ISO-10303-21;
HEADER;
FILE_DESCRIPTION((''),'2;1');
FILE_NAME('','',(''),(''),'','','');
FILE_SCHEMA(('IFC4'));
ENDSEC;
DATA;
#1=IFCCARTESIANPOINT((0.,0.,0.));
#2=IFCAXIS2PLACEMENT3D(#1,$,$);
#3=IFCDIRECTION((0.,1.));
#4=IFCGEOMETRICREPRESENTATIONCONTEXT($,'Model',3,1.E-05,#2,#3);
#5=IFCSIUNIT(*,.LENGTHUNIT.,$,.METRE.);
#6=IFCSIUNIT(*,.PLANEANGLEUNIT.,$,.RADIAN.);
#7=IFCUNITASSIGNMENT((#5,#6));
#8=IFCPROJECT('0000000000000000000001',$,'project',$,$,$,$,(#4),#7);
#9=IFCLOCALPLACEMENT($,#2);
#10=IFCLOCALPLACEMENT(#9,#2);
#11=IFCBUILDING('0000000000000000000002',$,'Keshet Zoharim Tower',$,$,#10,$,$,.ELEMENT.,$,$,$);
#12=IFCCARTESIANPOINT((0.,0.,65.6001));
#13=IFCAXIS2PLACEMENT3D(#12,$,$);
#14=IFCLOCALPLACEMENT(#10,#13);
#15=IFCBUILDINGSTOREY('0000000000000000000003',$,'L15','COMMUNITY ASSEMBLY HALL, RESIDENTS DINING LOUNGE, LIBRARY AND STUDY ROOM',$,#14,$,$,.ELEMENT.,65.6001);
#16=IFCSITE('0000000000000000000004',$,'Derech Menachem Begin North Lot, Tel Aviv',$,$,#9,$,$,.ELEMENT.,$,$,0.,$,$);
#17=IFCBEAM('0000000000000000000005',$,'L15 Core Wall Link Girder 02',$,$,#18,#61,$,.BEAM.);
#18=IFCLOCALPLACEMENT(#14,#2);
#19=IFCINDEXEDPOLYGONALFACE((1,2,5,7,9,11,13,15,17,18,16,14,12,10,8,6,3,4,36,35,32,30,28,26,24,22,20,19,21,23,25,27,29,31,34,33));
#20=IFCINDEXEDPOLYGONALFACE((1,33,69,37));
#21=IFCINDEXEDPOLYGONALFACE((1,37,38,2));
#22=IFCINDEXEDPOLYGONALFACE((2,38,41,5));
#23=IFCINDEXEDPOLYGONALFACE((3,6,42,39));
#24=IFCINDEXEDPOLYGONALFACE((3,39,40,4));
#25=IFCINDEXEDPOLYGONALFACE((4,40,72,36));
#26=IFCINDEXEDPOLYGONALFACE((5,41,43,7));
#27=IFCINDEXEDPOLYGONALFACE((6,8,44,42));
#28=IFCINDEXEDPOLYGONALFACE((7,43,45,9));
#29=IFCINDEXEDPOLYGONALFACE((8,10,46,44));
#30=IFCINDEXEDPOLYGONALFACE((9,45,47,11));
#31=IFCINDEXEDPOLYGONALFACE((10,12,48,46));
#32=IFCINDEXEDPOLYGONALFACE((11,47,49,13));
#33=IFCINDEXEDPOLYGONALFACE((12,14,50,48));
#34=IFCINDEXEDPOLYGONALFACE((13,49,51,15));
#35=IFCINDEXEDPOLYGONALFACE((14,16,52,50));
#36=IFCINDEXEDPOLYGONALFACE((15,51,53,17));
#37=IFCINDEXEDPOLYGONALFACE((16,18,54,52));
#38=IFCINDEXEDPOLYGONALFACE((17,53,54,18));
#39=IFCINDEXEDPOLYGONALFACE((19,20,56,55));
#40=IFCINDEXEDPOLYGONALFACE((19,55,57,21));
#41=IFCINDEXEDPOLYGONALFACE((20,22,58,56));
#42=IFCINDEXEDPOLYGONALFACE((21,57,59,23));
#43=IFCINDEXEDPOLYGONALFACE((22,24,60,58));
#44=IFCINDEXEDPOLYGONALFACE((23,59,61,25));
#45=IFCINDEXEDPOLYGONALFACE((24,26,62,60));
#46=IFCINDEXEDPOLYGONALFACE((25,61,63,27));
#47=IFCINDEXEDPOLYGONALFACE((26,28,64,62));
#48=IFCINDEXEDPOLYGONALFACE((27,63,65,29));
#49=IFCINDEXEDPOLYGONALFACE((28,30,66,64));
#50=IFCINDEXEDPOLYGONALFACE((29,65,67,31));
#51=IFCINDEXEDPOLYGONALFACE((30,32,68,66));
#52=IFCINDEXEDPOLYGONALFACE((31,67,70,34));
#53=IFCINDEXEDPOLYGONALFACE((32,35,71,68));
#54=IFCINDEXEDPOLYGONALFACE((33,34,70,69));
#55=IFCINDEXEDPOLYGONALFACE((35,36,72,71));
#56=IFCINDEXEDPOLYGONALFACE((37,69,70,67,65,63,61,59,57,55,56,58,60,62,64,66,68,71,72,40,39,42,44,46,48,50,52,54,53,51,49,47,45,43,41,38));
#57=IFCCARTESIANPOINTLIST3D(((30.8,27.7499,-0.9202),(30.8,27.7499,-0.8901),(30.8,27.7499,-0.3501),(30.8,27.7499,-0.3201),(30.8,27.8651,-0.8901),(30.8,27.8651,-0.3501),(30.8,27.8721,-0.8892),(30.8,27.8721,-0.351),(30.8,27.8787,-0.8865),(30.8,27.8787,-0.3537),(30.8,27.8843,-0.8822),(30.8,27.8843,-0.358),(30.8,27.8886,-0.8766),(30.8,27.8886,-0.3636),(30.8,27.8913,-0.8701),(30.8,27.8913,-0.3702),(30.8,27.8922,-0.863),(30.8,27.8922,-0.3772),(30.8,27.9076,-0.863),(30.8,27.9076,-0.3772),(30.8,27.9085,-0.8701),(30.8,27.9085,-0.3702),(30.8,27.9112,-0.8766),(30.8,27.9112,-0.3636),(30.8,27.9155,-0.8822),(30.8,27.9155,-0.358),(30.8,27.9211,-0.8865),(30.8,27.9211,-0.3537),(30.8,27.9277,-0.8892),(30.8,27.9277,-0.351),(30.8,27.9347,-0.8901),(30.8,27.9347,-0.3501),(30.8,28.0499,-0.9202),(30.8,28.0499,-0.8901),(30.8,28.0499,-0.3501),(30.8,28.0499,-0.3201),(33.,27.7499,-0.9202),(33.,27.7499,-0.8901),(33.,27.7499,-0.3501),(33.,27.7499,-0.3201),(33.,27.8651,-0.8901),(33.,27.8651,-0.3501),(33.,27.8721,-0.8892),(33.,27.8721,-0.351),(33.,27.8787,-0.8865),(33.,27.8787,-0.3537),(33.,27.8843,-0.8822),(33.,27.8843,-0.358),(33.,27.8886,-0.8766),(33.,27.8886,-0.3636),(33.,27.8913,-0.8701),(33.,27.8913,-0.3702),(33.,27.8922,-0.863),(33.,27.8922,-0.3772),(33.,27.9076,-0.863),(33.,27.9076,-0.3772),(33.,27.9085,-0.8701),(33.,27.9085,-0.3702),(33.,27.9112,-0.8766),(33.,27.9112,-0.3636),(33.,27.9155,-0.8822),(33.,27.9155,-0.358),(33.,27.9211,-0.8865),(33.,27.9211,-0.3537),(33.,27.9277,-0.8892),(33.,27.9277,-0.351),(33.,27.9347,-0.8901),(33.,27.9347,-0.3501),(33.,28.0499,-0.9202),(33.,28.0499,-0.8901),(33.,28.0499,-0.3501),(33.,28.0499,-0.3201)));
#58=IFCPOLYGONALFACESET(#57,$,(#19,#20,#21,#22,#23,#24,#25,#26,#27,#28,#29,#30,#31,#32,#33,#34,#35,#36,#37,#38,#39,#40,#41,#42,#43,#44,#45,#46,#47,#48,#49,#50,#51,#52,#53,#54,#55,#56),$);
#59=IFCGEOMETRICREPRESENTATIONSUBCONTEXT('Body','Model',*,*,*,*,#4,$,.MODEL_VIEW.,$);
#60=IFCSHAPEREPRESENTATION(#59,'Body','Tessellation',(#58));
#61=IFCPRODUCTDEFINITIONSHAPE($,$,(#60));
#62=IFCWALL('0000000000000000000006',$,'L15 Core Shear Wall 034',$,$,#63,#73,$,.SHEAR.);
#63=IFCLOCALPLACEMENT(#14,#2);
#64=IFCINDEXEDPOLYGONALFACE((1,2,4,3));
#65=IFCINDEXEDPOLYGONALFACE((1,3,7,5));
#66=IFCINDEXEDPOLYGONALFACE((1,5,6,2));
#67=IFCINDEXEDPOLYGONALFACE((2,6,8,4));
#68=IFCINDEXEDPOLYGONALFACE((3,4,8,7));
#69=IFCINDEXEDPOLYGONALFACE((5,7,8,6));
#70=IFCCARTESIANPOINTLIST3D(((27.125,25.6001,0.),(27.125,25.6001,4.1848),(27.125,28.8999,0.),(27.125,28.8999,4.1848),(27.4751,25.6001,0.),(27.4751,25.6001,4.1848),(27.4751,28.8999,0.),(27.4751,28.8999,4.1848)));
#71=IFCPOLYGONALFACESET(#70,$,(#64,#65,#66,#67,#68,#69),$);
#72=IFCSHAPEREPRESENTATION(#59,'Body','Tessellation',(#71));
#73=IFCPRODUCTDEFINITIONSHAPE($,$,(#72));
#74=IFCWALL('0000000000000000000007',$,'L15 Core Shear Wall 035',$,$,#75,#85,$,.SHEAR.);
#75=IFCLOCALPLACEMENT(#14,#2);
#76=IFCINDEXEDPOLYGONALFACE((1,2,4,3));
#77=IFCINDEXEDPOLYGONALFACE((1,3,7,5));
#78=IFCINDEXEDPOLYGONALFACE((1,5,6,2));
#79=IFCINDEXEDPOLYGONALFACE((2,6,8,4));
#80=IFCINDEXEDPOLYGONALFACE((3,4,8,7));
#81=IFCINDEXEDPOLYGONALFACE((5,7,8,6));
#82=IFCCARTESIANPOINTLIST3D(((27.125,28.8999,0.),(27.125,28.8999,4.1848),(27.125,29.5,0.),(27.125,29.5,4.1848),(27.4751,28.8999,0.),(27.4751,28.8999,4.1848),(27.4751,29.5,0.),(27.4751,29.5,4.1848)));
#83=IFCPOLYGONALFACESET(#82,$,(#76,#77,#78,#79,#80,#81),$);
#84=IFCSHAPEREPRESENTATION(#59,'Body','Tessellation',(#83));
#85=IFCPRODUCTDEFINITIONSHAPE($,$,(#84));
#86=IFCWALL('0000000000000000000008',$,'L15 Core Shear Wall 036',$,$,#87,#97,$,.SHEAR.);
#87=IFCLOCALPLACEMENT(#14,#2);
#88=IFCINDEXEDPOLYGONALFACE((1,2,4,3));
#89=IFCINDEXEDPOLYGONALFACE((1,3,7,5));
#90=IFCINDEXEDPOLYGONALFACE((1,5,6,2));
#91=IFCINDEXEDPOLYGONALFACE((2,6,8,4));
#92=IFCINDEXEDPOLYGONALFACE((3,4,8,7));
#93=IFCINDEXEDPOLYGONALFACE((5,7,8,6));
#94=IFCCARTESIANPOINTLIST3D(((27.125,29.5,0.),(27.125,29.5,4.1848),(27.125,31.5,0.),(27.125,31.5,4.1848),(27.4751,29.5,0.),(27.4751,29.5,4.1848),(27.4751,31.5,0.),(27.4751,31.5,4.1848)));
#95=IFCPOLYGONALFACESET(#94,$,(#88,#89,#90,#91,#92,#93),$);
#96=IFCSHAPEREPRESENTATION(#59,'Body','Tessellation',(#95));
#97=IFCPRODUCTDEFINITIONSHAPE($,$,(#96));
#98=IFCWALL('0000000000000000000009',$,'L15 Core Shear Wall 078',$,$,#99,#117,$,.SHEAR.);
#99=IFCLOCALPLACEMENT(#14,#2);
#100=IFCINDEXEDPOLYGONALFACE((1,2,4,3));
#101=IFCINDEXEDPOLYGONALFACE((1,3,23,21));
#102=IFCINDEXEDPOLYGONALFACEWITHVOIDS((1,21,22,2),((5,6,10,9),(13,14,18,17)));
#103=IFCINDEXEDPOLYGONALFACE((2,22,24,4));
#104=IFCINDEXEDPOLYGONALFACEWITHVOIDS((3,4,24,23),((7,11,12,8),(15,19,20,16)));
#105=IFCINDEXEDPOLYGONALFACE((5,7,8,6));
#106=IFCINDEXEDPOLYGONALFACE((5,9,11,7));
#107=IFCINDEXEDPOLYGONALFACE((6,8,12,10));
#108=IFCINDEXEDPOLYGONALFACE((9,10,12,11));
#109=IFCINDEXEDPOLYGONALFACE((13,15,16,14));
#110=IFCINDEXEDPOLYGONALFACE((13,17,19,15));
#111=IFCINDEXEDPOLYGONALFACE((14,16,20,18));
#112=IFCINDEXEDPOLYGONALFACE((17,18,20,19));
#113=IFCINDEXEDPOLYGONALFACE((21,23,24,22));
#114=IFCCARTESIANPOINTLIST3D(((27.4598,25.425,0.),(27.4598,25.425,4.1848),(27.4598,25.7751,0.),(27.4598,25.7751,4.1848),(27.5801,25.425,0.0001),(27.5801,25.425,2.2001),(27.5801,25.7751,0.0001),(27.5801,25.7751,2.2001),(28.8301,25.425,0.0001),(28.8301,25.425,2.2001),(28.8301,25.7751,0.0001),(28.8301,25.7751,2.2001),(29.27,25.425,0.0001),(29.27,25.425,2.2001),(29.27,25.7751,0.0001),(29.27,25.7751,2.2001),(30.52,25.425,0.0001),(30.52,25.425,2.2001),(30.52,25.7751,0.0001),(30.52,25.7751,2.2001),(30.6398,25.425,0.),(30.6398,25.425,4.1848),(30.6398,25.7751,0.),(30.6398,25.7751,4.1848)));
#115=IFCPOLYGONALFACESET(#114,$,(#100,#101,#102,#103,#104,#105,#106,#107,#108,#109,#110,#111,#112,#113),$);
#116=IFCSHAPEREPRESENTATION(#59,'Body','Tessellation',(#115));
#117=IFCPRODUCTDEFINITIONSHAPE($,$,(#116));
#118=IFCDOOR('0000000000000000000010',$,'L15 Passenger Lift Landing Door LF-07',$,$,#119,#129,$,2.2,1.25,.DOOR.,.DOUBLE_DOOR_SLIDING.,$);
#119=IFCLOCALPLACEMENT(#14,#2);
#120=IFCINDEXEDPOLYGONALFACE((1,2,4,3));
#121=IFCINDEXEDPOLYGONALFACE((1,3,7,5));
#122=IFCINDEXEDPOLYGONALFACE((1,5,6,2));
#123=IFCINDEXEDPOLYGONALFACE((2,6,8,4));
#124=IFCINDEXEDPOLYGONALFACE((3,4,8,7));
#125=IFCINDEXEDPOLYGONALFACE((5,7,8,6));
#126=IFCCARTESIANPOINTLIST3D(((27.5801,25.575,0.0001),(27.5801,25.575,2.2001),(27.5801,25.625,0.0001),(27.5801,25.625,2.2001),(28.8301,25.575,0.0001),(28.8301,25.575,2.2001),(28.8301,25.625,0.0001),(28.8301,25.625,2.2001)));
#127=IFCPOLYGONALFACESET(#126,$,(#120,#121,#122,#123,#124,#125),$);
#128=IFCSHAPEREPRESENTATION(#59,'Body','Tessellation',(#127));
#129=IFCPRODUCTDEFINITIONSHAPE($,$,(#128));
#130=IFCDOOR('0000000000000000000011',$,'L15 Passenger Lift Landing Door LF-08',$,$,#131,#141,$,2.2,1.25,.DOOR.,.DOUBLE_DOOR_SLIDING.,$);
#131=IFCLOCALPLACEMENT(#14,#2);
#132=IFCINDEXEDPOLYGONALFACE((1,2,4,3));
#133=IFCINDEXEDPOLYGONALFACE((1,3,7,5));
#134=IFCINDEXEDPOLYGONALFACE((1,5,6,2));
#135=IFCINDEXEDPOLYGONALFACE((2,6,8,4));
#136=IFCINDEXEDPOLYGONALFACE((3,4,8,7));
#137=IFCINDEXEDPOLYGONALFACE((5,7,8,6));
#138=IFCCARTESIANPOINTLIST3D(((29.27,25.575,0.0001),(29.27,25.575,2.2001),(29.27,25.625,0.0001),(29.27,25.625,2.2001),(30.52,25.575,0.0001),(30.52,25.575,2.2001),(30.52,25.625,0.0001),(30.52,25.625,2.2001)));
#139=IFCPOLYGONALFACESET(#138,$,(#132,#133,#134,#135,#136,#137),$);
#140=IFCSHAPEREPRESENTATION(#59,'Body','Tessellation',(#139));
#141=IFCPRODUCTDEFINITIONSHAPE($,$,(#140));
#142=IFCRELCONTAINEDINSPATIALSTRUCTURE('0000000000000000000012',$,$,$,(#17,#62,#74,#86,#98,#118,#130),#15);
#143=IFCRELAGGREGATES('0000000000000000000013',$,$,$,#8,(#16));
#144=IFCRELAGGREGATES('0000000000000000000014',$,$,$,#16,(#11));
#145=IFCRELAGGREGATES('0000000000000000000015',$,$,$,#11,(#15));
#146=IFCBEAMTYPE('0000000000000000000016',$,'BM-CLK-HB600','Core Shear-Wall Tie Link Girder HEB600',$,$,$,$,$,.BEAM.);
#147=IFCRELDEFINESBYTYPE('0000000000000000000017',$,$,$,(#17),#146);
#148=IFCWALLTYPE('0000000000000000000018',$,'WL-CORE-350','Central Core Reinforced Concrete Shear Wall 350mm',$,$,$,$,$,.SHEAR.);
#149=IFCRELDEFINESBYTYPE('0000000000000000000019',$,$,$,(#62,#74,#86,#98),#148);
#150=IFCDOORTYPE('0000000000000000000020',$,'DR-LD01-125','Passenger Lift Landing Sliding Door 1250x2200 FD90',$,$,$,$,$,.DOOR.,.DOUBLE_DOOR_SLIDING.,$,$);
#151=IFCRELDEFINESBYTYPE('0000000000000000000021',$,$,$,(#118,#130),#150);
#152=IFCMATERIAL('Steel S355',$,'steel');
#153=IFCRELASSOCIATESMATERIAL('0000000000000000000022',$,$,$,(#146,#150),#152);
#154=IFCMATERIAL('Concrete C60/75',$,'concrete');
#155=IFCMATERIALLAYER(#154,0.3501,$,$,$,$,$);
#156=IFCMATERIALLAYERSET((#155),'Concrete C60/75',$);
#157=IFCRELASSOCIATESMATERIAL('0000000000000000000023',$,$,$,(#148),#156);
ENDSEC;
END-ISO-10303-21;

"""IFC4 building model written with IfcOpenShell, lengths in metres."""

from ifc_helpers import new_model, si_unit, direction, frame, frame_2d, origin, origin_2d, place, context, subcontext, project, spatial, rectangle, i_section, extrude, material, layer, layer_set, material_profile, profile_set, type_object, element, fill, save


model = new_model("IFC4")

# Units and contexts
model_context = context("Model", 3, precision=1e-05, world=origin(), true_north=direction((0.0, 1.0)))
body_context = subcontext(model_context, "Body", "Model", "MODEL_VIEW")
ifc_project = project(units=[si_unit("LENGTHUNIT", "METRE"), si_unit("PLANEANGLEUNIT", "RADIAN")], contexts=[model_context])

# Site, building, storey
site_placement = place(None, origin())
site = spatial("IfcSite", under=ifc_project, at=site_placement, Name="Derech Menachem Begin North Lot, Tel Aviv", CompositionType="ELEMENT", RefElevation=0.0)
building_placement = place(site_placement, origin())
building = spatial("IfcBuilding", under=site, at=building_placement, Name="Keshet Zoharim Tower", CompositionType="ELEMENT")
storey_placement = place(building_placement, frame((0.0, 0.0, 65.6001)))
storey = spatial("IfcBuildingStorey", under=building, at=storey_placement, Name="L15", Description="COMMUNITY ASSEMBLY HALL, RESIDENTS DINING LOUNGE, LIBRARY AND STUDY ROOM", CompositionType="ELEMENT", Elevation=65.6001)

# Beam
ifc_material_1 = material(Name="Steel S355", Category="steel")
ifc_material_profile = material_profile(ifc_material_1, i_section(OverallWidth=0.3, OverallDepth=0.6001, WebThickness=0.0154, FlangeThickness=0.03, FilletRadius=0.0271, at=origin_2d()), Name="HEB600")
ifc_profile_set = profile_set([ifc_material_profile], Name="Steel S355")
beam_type = type_object("IfcBeamType", Name="BM-CLK-HB600", Description="Core Shear-Wall Tie Link Girder HEB600", PredefinedType="BEAM", material=ifc_profile_set)
beam_placement = place(storey_placement, frame((30.8, 27.8999, -0.6201), z_axis=(1.0, 0.0, 0.0), x_axis=(0.0, 1.0, 0.0)))
element("IfcBeam", 1, at=beam_placement, inside=storey, type_object=beam_type, Name="L15 Core Wall Link Girder 02", PredefinedType="BEAM", context=body_context, shape_type="SweptSolid", body=[
    extrude(i_section(OverallWidth=0.3, OverallDepth=0.6001, WebThickness=0.0154, FlangeThickness=0.03, FilletRadius=0.0271, at=origin_2d()), origin(), (0.0, 0.0, 1.0), 2.2),
])

# Walls
ifc_material_2 = material(Name="Concrete C60/75", Category="concrete")
ifc_layer_1 = layer(ifc_material_2, 0.3501)
ifc_layer_set_1 = layer_set([ifc_layer_1], Name="Concrete C60/75")
wall_type_1 = type_object("IfcWallType", Name="WL-CORE-350", Description="Central Core Reinforced Concrete Shear Wall 350mm", PredefinedType="SHEAR", material=ifc_layer_set_1)
wall_1_placement = place(storey_placement, frame((27.3, 25.6001, 0.0), z_axis=(0.0, 0.0, 1.0), x_axis=(0.0, 1.0, 0.0)))
element("IfcWall", 2, at=wall_1_placement, inside=storey, type_object=wall_type_1, Name="L15 Core Shear Wall 034", PredefinedType="SHEAR", context=body_context, shape_type="SweptSolid", body=[
    extrude(rectangle(XDim=3.2998, YDim=0.3501, at=frame_2d((1.6499, 0.0))), origin(), (0.0, 0.0, 1.0), 4.1848),
])
wall_2_placement = place(storey_placement, frame((27.3, 28.8999, 0.0), z_axis=(0.0, 0.0, 1.0), x_axis=(0.0, 1.0, 0.0)))
element("IfcWall", 3, at=wall_2_placement, inside=storey, type_object=wall_type_1, Name="L15 Core Shear Wall 035", PredefinedType="SHEAR", context=body_context, shape_type="SweptSolid", body=[
    extrude(rectangle(XDim=0.6001, YDim=0.3501, at=frame_2d((0.3, 0.0))), origin(), (0.0, 0.0, 1.0), 4.1848),
])
wall_3_placement = place(storey_placement, frame((27.3, 29.5, 0.0), z_axis=(0.0, 0.0, 1.0), x_axis=(0.0, 1.0, 0.0)))
element("IfcWall", 4, at=wall_3_placement, inside=storey, type_object=wall_type_1, Name="L15 Core Shear Wall 036", PredefinedType="SHEAR", context=body_context, shape_type="SweptSolid", body=[
    extrude(rectangle(XDim=2.0, YDim=0.3501, at=frame_2d((1.0, 0.0))), origin(), (0.0, 0.0, 1.0), 4.1848),
])

# Wall, openings, doors
wall_4_placement = place(storey_placement, frame((27.46, 25.6001, 0.0), z_axis=(0.0, 0.0, 1.0), x_axis=(1.0, 0.0, 0.0)))
wall_4 = element("IfcWall", 5, at=wall_4_placement, inside=storey, type_object=wall_type_1, Name="L15 Core Shear Wall 078", PredefinedType="SHEAR", context=body_context, shape_type="SweptSolid", body=[
    extrude(rectangle(XDim=3.1799, YDim=0.3501, at=frame_2d((1.5898, 0.0))), origin(), (0.0, 0.0, 1.0), 4.1848),
])
opening_1_placement = place(wall_4_placement, frame((0.1201, 0.0, 0.0)))
opening_1 = element("IfcOpeningElement", 6, at=opening_1_placement, cuts=wall_4, PredefinedType="OPENING", context=body_context, shape_type="SweptSolid", body=[
    extrude(rectangle(XDim=1.25, YDim=2.2, at=frame_2d((0.625, 1.1001))), frame((0.0, 0.1851, 0.0), z_axis=(0.0, -1.0, 0.0), x_axis=(1.0, 0.0, 0.0)), (0.0, 0.0, 1.0), 0.3701),
])
opening_2_placement = place(wall_4_placement, frame((1.8101, 0.0, 0.0)))
opening_2 = element("IfcOpeningElement", 7, at=opening_2_placement, cuts=wall_4, PredefinedType="OPENING", context=body_context, shape_type="SweptSolid", body=[
    extrude(rectangle(XDim=1.25, YDim=2.2, at=frame_2d((0.625, 1.1001))), frame((0.0, 0.1851, 0.0), z_axis=(0.0, -1.0, 0.0), x_axis=(1.0, 0.0, 0.0)), (0.0, 0.0, 1.0), 0.3701),
])
door_type = type_object("IfcDoorType", Name="DR-LD01-125", Description="Passenger Lift Landing Sliding Door 1250x2200 FD90", OperationType="DOUBLE_DOOR_SLIDING", PredefinedType="DOOR", material=ifc_material_1)
door_1_placement = place(opening_1_placement, origin())
door_1 = element("IfcDoor", 8, at=door_1_placement, inside=storey, type_object=door_type, Name="L15 Passenger Lift Landing Door LF-07", OperationType="DOUBLE_DOOR_SLIDING", OverallHeight=2.2, OverallWidth=1.25, PredefinedType="DOOR", context=body_context, shape_type="SweptSolid", body=[
    extrude(rectangle(XDim=1.25, YDim=2.2, at=frame_2d((0.625, 1.1001))), frame((0.0, 0.0249, 0.0), z_axis=(0.0, -1.0, 0.0), x_axis=(1.0, 0.0, 0.0)), (0.0, 0.0, 1.0), 0.05),
])
fill(opening_1, door_1)
door_2_placement = place(opening_2_placement, origin())
door_2 = element("IfcDoor", 9, at=door_2_placement, inside=storey, type_object=door_type, Name="L15 Passenger Lift Landing Door LF-08", OperationType="DOUBLE_DOOR_SLIDING", OverallHeight=2.2, OverallWidth=1.25, PredefinedType="DOOR", context=body_context, shape_type="SweptSolid", body=[
    extrude(rectangle(XDim=1.25, YDim=2.2, at=frame_2d((0.625, 1.1001))), frame((0.0, 0.0249, 0.0), z_axis=(0.0, -1.0, 0.0), x_axis=(1.0, 0.0, 0.0)), (0.0, 0.0, 1.0), 0.05),
])
fill(opening_2, door_2)

save(model, "model.ifc")
